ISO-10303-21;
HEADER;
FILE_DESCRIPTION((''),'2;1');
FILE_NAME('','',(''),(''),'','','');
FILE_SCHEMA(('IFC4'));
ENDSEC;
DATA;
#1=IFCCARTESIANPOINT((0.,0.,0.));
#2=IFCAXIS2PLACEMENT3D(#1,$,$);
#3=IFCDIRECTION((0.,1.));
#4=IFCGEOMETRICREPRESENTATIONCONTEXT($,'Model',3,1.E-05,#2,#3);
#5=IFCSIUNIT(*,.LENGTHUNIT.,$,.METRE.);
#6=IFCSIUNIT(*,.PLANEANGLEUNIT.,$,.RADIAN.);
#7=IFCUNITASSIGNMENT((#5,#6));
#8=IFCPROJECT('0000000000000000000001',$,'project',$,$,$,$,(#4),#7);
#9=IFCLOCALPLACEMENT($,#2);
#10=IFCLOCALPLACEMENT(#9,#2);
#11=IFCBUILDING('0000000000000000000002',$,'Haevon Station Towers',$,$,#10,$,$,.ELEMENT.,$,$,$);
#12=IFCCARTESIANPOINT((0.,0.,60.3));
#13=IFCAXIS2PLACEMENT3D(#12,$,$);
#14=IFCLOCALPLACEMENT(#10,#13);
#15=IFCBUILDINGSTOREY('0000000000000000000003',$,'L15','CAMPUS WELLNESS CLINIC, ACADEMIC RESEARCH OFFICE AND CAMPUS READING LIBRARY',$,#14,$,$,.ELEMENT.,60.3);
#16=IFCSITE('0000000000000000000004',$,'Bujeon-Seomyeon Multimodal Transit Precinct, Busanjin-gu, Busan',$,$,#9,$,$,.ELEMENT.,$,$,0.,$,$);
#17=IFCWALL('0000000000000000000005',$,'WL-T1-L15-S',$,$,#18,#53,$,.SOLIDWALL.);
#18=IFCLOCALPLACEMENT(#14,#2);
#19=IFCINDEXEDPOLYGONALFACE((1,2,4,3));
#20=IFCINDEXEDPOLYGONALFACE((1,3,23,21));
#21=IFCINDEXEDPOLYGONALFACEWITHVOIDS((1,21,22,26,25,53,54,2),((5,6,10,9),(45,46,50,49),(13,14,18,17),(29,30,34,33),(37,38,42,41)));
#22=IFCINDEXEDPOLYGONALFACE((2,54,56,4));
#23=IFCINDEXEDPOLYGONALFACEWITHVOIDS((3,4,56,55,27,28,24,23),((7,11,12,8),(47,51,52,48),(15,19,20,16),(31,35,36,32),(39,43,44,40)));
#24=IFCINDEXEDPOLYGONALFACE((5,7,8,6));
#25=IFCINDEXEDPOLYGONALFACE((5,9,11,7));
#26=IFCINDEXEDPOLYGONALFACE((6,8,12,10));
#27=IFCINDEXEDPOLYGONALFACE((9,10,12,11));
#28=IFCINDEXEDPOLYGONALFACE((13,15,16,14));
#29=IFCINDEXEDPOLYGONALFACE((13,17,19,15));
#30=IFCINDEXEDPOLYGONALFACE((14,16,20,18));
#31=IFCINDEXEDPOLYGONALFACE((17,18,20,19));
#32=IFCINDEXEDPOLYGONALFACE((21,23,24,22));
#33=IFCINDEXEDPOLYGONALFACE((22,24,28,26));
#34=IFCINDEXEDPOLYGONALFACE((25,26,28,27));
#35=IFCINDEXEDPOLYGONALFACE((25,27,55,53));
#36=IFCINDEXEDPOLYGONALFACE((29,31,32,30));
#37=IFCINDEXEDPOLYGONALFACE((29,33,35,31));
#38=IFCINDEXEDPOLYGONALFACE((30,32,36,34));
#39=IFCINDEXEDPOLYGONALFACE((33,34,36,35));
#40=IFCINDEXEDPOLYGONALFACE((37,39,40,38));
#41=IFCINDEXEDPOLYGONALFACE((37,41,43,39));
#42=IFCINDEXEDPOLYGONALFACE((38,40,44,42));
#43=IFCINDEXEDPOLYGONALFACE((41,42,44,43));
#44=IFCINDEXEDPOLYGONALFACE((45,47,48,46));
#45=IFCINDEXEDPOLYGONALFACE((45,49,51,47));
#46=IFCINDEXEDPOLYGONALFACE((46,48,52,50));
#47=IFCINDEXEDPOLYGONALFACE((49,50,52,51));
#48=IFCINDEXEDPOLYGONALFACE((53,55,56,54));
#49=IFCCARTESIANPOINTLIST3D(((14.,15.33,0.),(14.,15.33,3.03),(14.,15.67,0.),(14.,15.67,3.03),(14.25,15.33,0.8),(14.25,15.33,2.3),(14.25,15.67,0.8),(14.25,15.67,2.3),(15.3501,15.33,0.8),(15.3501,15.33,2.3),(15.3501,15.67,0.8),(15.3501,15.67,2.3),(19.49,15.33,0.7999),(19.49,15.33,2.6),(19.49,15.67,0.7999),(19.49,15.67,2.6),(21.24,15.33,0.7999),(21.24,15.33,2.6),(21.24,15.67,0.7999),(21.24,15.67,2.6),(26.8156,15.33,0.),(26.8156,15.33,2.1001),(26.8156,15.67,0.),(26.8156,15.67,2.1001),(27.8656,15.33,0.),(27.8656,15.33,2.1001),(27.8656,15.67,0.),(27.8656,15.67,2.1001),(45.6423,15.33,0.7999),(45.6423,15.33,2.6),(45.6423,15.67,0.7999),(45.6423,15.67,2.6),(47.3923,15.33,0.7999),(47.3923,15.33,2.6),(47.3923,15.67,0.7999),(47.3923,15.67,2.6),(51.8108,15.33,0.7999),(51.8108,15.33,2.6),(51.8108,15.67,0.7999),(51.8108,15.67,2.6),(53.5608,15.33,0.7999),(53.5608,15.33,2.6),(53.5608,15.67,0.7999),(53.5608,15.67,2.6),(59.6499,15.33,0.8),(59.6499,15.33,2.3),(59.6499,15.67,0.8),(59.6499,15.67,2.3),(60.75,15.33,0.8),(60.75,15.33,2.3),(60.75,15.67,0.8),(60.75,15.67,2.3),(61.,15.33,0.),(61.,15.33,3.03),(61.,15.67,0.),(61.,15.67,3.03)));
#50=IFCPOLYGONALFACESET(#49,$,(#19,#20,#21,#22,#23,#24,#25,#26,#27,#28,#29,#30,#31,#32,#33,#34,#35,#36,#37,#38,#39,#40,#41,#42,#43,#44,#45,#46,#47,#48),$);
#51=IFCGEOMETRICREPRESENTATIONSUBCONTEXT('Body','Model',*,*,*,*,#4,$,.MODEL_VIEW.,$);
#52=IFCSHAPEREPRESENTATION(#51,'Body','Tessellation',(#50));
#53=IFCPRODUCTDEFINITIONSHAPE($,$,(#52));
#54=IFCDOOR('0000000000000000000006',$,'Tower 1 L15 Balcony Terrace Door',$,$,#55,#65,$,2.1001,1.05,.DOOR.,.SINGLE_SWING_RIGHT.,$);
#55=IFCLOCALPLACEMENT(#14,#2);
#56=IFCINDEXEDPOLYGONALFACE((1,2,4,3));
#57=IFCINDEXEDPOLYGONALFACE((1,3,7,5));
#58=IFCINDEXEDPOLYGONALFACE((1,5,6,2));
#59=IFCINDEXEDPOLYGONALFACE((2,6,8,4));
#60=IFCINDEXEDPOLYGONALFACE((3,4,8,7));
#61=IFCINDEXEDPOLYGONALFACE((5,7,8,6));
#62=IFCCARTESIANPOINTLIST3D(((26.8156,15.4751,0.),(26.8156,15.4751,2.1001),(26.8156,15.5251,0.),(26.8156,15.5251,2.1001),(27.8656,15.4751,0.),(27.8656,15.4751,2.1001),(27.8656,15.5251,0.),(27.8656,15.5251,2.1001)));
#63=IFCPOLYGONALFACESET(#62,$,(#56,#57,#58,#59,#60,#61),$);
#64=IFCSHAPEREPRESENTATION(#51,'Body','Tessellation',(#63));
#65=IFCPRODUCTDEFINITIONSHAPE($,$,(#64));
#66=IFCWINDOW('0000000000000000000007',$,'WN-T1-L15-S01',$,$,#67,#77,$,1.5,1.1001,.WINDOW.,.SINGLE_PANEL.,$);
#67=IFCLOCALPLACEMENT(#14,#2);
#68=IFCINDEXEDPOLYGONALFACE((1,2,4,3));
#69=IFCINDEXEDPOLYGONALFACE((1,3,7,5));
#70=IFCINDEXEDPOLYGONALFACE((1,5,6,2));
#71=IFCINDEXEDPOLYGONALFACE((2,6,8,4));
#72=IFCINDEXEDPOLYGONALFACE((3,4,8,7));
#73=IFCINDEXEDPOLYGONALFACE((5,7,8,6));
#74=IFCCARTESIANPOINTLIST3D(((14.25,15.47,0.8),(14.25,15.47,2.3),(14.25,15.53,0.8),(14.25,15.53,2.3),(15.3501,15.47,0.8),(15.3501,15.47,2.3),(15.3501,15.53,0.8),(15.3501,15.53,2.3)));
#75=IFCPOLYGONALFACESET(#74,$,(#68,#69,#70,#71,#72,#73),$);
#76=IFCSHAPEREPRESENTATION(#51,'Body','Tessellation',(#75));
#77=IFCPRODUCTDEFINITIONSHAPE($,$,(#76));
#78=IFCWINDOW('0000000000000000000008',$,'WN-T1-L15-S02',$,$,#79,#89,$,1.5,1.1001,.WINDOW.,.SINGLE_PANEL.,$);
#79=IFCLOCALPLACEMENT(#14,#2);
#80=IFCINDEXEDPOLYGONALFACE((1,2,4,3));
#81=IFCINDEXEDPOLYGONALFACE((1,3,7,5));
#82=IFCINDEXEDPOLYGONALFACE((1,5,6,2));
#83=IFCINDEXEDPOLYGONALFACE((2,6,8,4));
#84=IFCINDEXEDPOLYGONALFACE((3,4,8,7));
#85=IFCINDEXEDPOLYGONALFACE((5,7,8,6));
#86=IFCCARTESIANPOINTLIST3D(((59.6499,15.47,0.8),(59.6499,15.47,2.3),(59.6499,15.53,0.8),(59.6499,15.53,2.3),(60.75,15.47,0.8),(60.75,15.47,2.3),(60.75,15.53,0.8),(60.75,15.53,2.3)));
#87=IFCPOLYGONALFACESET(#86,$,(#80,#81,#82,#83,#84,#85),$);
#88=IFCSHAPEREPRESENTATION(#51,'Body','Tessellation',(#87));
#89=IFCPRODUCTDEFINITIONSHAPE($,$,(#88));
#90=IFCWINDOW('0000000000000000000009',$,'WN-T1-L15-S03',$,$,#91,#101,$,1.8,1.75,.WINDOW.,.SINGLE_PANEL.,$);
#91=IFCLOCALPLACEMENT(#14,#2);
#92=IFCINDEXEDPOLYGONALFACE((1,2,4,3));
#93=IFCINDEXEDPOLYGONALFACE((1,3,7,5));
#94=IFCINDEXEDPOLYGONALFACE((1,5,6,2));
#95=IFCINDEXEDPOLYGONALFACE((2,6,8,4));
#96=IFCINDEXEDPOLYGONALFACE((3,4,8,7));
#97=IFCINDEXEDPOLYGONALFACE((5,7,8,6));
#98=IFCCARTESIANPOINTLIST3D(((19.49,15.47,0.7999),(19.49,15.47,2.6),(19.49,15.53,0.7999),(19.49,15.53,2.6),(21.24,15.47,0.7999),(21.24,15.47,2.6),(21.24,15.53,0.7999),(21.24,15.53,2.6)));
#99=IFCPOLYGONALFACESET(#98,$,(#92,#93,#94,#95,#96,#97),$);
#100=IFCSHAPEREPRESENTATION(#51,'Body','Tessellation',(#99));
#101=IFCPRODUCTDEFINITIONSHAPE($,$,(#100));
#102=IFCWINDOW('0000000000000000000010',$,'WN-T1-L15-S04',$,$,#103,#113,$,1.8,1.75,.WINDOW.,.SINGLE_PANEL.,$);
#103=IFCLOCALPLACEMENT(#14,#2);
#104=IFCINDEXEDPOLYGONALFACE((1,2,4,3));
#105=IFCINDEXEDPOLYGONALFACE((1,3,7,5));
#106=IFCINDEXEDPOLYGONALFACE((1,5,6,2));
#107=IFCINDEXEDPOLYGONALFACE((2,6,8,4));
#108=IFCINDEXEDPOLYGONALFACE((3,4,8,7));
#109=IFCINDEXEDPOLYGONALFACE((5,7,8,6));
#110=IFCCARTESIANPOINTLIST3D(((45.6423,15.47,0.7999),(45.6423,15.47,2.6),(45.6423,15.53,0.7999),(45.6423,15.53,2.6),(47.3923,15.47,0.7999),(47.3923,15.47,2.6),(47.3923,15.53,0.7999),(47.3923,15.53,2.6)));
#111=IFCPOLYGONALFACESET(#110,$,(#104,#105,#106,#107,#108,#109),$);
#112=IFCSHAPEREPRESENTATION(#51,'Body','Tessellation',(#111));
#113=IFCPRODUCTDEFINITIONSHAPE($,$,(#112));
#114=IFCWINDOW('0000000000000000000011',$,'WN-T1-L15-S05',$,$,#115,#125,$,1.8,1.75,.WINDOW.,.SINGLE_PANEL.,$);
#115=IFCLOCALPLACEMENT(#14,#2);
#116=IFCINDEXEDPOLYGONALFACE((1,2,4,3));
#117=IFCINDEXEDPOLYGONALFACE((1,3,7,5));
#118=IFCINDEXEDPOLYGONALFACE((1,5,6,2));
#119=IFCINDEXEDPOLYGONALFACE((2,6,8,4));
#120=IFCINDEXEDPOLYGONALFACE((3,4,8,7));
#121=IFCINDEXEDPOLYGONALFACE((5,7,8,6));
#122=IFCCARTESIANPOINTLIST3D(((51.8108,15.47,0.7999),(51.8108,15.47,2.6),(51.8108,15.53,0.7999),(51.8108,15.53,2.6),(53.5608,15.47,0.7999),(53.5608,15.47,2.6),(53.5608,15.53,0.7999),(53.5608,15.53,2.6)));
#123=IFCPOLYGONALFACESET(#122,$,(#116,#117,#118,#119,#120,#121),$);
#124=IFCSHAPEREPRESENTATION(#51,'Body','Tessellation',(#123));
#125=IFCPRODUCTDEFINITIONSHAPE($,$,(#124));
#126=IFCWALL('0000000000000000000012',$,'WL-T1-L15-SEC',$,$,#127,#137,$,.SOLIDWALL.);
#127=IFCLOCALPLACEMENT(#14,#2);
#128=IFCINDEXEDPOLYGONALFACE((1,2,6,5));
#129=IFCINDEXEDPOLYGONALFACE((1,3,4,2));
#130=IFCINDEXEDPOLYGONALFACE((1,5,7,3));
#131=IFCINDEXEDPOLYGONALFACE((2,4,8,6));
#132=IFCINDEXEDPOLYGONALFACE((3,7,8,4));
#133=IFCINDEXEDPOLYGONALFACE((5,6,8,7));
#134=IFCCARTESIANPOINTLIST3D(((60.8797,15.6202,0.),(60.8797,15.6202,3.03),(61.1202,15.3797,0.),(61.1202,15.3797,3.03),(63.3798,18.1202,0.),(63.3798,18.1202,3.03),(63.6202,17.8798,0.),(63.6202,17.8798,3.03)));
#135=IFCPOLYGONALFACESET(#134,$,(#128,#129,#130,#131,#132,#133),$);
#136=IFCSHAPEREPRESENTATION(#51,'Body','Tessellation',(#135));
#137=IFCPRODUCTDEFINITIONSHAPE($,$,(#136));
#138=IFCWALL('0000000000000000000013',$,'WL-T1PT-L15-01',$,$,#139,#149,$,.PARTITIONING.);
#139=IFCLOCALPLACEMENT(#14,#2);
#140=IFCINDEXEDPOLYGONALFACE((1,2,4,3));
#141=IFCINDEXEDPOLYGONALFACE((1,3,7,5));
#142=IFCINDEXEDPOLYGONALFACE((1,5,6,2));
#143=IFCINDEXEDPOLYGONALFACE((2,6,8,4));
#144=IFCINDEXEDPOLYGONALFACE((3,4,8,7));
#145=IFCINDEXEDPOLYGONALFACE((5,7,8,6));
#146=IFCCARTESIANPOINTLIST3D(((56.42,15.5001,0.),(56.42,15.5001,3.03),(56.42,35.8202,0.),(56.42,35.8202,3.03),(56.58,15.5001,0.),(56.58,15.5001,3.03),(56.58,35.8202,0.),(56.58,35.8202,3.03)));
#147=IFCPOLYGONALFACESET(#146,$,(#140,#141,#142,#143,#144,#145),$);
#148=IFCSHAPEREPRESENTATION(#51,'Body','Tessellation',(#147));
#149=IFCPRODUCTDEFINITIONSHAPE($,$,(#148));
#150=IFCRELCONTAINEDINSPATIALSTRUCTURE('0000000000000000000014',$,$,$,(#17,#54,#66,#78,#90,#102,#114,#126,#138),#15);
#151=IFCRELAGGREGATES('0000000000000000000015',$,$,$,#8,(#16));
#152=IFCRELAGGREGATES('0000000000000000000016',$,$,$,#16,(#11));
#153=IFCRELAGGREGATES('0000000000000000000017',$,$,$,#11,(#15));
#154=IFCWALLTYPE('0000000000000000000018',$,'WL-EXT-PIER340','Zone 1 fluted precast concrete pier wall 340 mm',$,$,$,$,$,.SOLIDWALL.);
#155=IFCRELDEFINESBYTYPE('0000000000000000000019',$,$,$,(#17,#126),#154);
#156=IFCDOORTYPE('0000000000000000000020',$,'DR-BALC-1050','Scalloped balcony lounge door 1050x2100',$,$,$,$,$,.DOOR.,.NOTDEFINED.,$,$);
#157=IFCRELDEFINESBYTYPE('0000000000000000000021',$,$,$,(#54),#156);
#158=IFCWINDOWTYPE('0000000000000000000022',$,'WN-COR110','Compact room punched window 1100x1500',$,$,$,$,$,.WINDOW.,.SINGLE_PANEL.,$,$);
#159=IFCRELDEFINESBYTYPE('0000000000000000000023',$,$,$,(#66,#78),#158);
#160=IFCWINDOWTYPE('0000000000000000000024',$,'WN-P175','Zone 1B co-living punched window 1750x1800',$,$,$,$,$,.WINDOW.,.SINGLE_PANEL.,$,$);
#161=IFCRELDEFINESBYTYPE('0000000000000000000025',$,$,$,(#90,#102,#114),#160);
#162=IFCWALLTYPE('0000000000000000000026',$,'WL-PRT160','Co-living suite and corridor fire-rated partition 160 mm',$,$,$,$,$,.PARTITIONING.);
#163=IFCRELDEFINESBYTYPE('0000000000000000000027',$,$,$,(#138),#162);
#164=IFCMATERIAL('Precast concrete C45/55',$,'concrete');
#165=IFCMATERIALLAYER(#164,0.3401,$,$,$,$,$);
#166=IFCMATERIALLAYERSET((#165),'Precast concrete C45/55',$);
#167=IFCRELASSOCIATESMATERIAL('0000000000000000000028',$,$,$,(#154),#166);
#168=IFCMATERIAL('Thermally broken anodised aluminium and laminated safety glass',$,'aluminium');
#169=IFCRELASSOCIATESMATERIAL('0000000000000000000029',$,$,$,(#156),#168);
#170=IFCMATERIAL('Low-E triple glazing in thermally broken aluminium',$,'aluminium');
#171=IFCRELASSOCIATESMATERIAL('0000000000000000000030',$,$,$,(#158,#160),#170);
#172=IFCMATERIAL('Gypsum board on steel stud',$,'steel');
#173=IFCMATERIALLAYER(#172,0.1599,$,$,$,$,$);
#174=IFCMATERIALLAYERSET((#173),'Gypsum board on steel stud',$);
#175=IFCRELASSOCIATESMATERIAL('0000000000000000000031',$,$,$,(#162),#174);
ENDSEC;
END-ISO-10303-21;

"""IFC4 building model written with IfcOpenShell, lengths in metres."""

from ifc_helpers import new_model, si_unit, direction, frame, frame_2d, origin, place, context, subcontext, project, spatial, rectangle, extrude, material, layer, layer_set, type_object, element, fill, save


model = new_model("IFC4")

# Units and contexts
model_context = context("Model", 3, precision=1e-05, world=origin(), true_north=direction((0.0, 1.0)))
body_context = subcontext(model_context, "Body", "Model", "MODEL_VIEW")
ifc_project = project(units=[si_unit("LENGTHUNIT", "METRE"), si_unit("PLANEANGLEUNIT", "RADIAN")], contexts=[model_context])

# Site, building, storey
site_placement = place(None, origin())
site = spatial("IfcSite", under=ifc_project, at=site_placement, Name="Bujeon-Seomyeon Multimodal Transit Precinct, Busanjin-gu, Busan", CompositionType="ELEMENT", RefElevation=0.0)
building_placement = place(site_placement, origin())
building = spatial("IfcBuilding", under=site, at=building_placement, Name="Haevon Station Towers", CompositionType="ELEMENT")
storey_placement = place(building_placement, frame((0.0, 0.0, 60.3)))
storey = spatial("IfcBuildingStorey", under=building, at=storey_placement, Name="L15", Description="CAMPUS WELLNESS CLINIC, ACADEMIC RESEARCH OFFICE AND CAMPUS READING LIBRARY", CompositionType="ELEMENT", Elevation=60.3)

# Wall, openings, door, windows
ifc_material_1 = material(Name="Precast concrete C45/55", Category="concrete")
ifc_layer_1 = layer(ifc_material_1, 0.3401)
ifc_layer_set_1 = layer_set([ifc_layer_1], Name="Precast concrete C45/55")
wall_type_1 = type_object("IfcWallType", Name="WL-EXT-PIER340", Description="Zone 1 fluted precast concrete pier wall 340 mm", PredefinedType="SOLIDWALL", material=ifc_layer_set_1)
wall_1_placement = place(storey_placement, frame((61.0, 15.5, 0.0), z_axis=(0.0, 0.0, 1.0), x_axis=(-1.0, 0.0, 0.0)))
wall_1 = element("IfcWall", 1, at=wall_1_placement, inside=storey, type_object=wall_type_1, Name="WL-T1-L15-S", PredefinedType="SOLIDWALL", context=body_context, shape_type="SweptSolid", body=[
    extrude(rectangle(XDim=47.0, YDim=0.3401, at=frame_2d((23.5, 0.0))), origin(), (0.0, 0.0, 1.0), 3.03),
])
opening_1_placement = place(wall_1_placement, frame((33.1345, 0.0, 0.0)))
opening_1 = element("IfcOpeningElement", 2, at=opening_1_placement, cuts=wall_1, PredefinedType="OPENING", context=body_context, shape_type="SweptSolid", body=[
    extrude(rectangle(XDim=1.05, YDim=2.1001, at=frame_2d((0.5249, 1.05))), frame((0.0, 0.1799, 0.0), z_axis=(0.0, -1.0, 0.0), x_axis=(1.0, 0.0, 0.0)), (0.0, 0.0, 1.0), 0.3601),
])
opening_2_placement = place(wall_1_placement, frame((45.6499, 0.0, 0.8)))
opening_2 = element("IfcOpeningElement", 3, at=opening_2_placement, cuts=wall_1, PredefinedType="OPENING", context=body_context, shape_type="SweptSolid", body=[
    extrude(rectangle(XDim=1.1001, YDim=1.5, at=frame_2d((0.55, 0.75))), frame((0.0, 0.1799, 0.0), z_axis=(0.0, -1.0, 0.0), x_axis=(1.0, 0.0, 0.0)), (0.0, 0.0, 1.0), 0.3601),
])
opening_3_placement = place(wall_1_placement, frame((0.25, 0.0, 0.8)))
opening_3 = element("IfcOpeningElement", 4, at=opening_3_placement, cuts=wall_1, PredefinedType="OPENING", context=body_context, shape_type="SweptSolid", body=[
    extrude(rectangle(XDim=1.1001, YDim=1.5, at=frame_2d((0.55, 0.75))), frame((0.0, 0.1799, 0.0), z_axis=(0.0, -1.0, 0.0), x_axis=(1.0, 0.0, 0.0)), (0.0, 0.0, 1.0), 0.3601),
])
opening_4_placement = place(wall_1_placement, frame((39.76, 0.0, 0.8)))
opening_4 = element("IfcOpeningElement", 5, at=opening_4_placement, cuts=wall_1, PredefinedType="OPENING", context=body_context, shape_type="SweptSolid", body=[
    extrude(rectangle(XDim=1.75, YDim=1.8, at=frame_2d((0.875, 0.8999))), frame((0.0, 0.1799, 0.0), z_axis=(0.0, -1.0, 0.0), x_axis=(1.0, 0.0, 0.0)), (0.0, 0.0, 1.0), 0.3601),
])
opening_5_placement = place(wall_1_placement, frame((13.6077, 0.0, 0.8)))
opening_5 = element("IfcOpeningElement", 6, at=opening_5_placement, cuts=wall_1, PredefinedType="OPENING", context=body_context, shape_type="SweptSolid", body=[
    extrude(rectangle(XDim=1.75, YDim=1.8, at=frame_2d((0.875, 0.8999))), frame((0.0, 0.1799, 0.0), z_axis=(0.0, -1.0, 0.0), x_axis=(1.0, 0.0, 0.0)), (0.0, 0.0, 1.0), 0.3601),
])
opening_6_placement = place(wall_1_placement, frame((7.4392, 0.0, 0.8)))
opening_6 = element("IfcOpeningElement", 7, at=opening_6_placement, cuts=wall_1, PredefinedType="OPENING", context=body_context, shape_type="SweptSolid", body=[
    extrude(rectangle(XDim=1.75, YDim=1.8, at=frame_2d((0.875, 0.8999))), frame((0.0, 0.1799, 0.0), z_axis=(0.0, -1.0, 0.0), x_axis=(1.0, 0.0, 0.0)), (0.0, 0.0, 1.0), 0.3601),
])
ifc_material_2 = material(Name="Thermally broken anodised aluminium and laminated safety glass", Category="aluminium")
door_type_1 = type_object("IfcDoorType", Name="DR-BALC-1050", Description="Scalloped balcony lounge door 1050x2100", OperationType="NOTDEFINED", PredefinedType="DOOR", material=ifc_material_2)
door_1_placement = place(opening_1_placement, origin())
door_1 = element("IfcDoor", 8, at=door_1_placement, inside=storey, type_object=door_type_1, Name="Tower 1 L15 Balcony Terrace Door", OperationType="SINGLE_SWING_RIGHT", OverallHeight=2.1001, OverallWidth=1.05, PredefinedType="DOOR", context=body_context, shape_type="SweptSolid", body=[
    extrude(rectangle(XDim=1.05, YDim=2.1001, at=frame_2d((0.5249, 1.05))), frame((0.0, 0.0249, 0.0), z_axis=(0.0, -1.0, 0.0), x_axis=(1.0, 0.0, 0.0)), (0.0, 0.0, 1.0), 0.05),
])
fill(opening_1, door_1)
ifc_material_3 = material(Name="Low-E triple glazing in thermally broken aluminium", Category="aluminium")
window_type_1 = type_object("IfcWindowType", Name="WN-COR110", Description="Compact room punched window 1100x1500", PartitioningType="SINGLE_PANEL", PredefinedType="WINDOW", material=ifc_material_3)
window_1_placement = place(opening_2_placement, origin())
window_1 = element("IfcWindow", 9, at=window_1_placement, inside=storey, type_object=window_type_1, Name="WN-T1-L15-S01", OverallHeight=1.5, OverallWidth=1.1001, PartitioningType="SINGLE_PANEL", PredefinedType="WINDOW", context=body_context, shape_type="SweptSolid", body=[
    extrude(rectangle(XDim=1.1001, YDim=1.5, at=frame_2d((0.55, 0.75))), frame((0.0, 0.03, 0.0), z_axis=(0.0, -1.0, 0.0), x_axis=(1.0, 0.0, 0.0)), (0.0, 0.0, 1.0), 0.0601),
])
fill(opening_2, window_1)
window_2_placement = place(opening_3_placement, origin())
window_2 = element("IfcWindow", 10, at=window_2_placement, inside=storey, type_object=window_type_1, Name="WN-T1-L15-S02", OverallHeight=1.5, OverallWidth=1.1001, PartitioningType="SINGLE_PANEL", PredefinedType="WINDOW", context=body_context, shape_type="SweptSolid", body=[
    extrude(rectangle(XDim=1.1001, YDim=1.5, at=frame_2d((0.55, 0.75))), frame((0.0, 0.03, 0.0), z_axis=(0.0, -1.0, 0.0), x_axis=(1.0, 0.0, 0.0)), (0.0, 0.0, 1.0), 0.0601),
])
fill(opening_3, window_2)
window_type_2 = type_object("IfcWindowType", Name="WN-P175", Description="Zone 1B co-living punched window 1750x1800", PartitioningType="SINGLE_PANEL", PredefinedType="WINDOW", material=ifc_material_3)
window_3_placement = place(opening_4_placement, origin())
window_3 = element("IfcWindow", 11, at=window_3_placement, inside=storey, type_object=window_type_2, Name="WN-T1-L15-S03", OverallHeight=1.8, OverallWidth=1.75, PartitioningType="SINGLE_PANEL", PredefinedType="WINDOW", context=body_context, shape_type="SweptSolid", body=[
    extrude(rectangle(XDim=1.75, YDim=1.8, at=frame_2d((0.875, 0.8999))), frame((0.0, 0.03, 0.0), z_axis=(0.0, -1.0, 0.0), x_axis=(1.0, 0.0, 0.0)), (0.0, 0.0, 1.0), 0.0601),
])
fill(opening_4, window_3)
window_4_placement = place(opening_5_placement, origin())
window_4 = element("IfcWindow", 12, at=window_4_placement, inside=storey, type_object=window_type_2, Name="WN-T1-L15-S04", OverallHeight=1.8, OverallWidth=1.75, PartitioningType="SINGLE_PANEL", PredefinedType="WINDOW", context=body_context, shape_type="SweptSolid", body=[
    extrude(rectangle(XDim=1.75, YDim=1.8, at=frame_2d((0.875, 0.8999))), frame((0.0, 0.03, 0.0), z_axis=(0.0, -1.0, 0.0), x_axis=(1.0, 0.0, 0.0)), (0.0, 0.0, 1.0), 0.0601),
])
fill(opening_5, window_4)
window_5_placement = place(opening_6_placement, origin())
window_5 = element("IfcWindow", 13, at=window_5_placement, inside=storey, type_object=window_type_2, Name="WN-T1-L15-S05", OverallHeight=1.8, OverallWidth=1.75, PartitioningType="SINGLE_PANEL", PredefinedType="WINDOW", context=body_context, shape_type="SweptSolid", body=[
    extrude(rectangle(XDim=1.75, YDim=1.8, at=frame_2d((0.875, 0.8999))), frame((0.0, 0.03, 0.0), z_axis=(0.0, -1.0, 0.0), x_axis=(1.0, 0.0, 0.0)), (0.0, 0.0, 1.0), 0.0601),
])
fill(opening_6, window_5)

# Walls
wall_2_placement = place(storey_placement, frame((63.5, 18.0, 0.0), z_axis=(0.0, 0.0, 1.0), x_axis=(-0.707107, -0.707107, 0.0)))
element("IfcWall", 14, at=wall_2_placement, inside=storey, type_object=wall_type_1, Name="WL-T1-L15-SEC", PredefinedType="SOLIDWALL", context=body_context, shape_type="SweptSolid", body=[
    extrude(rectangle(XDim=3.5356, YDim=0.3401, at=frame_2d((1.7678, 0.0))), origin(), (0.0, 0.0, 1.0), 3.03),
])
ifc_material_4 = material(Name="Gypsum board on steel stud", Category="steel")
ifc_layer_2 = layer(ifc_material_4, 0.1599)
ifc_layer_set_2 = layer_set([ifc_layer_2], Name="Gypsum board on steel stud")
wall_type_2 = type_object("IfcWallType", Name="WL-PRT160", Description="Co-living suite and corridor fire-rated partition 160 mm", PredefinedType="PARTITIONING", material=ifc_layer_set_2)
wall_3_placement = place(storey_placement, frame((56.5, 15.5, 0.0), z_axis=(0.0, 0.0, 1.0), x_axis=(0.0, 1.0, 0.0)))
element("IfcWall", 15, at=wall_3_placement, inside=storey, type_object=wall_type_2, Name="WL-T1PT-L15-01", PredefinedType="PARTITIONING", context=body_context, shape_type="SweptSolid", body=[
    extrude(rectangle(XDim=20.3201, YDim=0.1599, at=frame_2d((10.1602, 0.0))), origin(), (0.0, 0.0, 1.0), 3.03),
])

save(model, "model.ifc")
